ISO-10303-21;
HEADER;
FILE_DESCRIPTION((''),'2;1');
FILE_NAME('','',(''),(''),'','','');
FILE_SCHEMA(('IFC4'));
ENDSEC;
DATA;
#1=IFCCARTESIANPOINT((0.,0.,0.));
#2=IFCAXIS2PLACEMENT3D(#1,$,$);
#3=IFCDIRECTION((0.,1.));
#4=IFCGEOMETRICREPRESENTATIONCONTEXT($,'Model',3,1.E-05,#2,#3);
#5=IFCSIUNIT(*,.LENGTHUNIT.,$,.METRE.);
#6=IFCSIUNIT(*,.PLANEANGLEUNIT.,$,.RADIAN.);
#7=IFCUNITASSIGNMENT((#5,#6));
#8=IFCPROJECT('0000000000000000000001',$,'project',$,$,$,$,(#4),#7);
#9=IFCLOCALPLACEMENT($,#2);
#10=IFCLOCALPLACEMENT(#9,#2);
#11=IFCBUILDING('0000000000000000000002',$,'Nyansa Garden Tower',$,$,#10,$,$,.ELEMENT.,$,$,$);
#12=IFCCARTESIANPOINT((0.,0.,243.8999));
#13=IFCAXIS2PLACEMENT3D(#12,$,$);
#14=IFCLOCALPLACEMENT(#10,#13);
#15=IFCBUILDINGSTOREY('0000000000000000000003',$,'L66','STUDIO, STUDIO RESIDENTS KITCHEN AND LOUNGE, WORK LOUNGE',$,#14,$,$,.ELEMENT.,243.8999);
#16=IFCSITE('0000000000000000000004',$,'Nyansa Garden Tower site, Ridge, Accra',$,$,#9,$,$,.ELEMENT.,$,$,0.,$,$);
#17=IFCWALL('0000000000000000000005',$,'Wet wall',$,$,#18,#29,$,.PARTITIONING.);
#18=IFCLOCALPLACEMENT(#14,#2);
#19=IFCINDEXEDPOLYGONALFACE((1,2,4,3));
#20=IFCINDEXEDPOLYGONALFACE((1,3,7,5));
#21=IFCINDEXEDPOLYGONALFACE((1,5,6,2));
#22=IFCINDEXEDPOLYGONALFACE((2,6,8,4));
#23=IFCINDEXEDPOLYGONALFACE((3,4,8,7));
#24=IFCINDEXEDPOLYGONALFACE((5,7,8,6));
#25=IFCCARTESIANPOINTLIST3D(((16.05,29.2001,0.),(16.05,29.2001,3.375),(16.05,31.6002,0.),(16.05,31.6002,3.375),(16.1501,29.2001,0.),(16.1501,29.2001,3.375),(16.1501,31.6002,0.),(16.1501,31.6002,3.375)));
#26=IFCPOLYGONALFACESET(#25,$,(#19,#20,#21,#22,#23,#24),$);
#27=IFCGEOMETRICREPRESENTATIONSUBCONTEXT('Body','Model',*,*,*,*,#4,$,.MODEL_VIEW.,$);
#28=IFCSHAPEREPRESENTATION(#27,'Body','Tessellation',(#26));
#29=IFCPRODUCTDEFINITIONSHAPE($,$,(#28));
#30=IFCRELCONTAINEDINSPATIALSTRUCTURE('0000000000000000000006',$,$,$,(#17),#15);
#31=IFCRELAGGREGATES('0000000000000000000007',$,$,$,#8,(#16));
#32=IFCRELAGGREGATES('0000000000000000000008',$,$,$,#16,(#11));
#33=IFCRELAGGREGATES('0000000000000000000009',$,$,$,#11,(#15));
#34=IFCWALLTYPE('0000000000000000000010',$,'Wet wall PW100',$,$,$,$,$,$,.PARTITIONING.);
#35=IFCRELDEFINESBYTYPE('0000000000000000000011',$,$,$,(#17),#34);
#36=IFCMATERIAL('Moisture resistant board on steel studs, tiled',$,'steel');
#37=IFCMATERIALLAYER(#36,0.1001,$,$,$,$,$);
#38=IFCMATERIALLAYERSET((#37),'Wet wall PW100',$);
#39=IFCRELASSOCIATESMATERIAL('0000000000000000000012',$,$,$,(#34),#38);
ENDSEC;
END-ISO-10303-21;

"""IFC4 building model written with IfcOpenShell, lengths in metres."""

from ifc_helpers import new_model, si_unit, direction, frame, frame_2d, origin, place, context, subcontext, project, spatial, rectangle, extrude, material, layer, layer_set, type_object, element, save


model = new_model("IFC4")

# Units and contexts
model_context = context("Model", 3, precision=1e-05, world=origin(), true_north=direction((0.0, 1.0)))
body_context = subcontext(model_context, "Body", "Model", "MODEL_VIEW")
ifc_project = project(units=[si_unit("LENGTHUNIT", "METRE"), si_unit("PLANEANGLEUNIT", "RADIAN")], contexts=[model_context])

# Site, building, storey
site_placement = place(None, origin())
site = spatial("IfcSite", under=ifc_project, at=site_placement, Name="Nyansa Garden Tower site, Ridge, Accra", CompositionType="ELEMENT", RefElevation=0.0)
building_placement = place(site_placement, origin())
building = spatial("IfcBuilding", under=site, at=building_placement, Name="Nyansa Garden Tower", CompositionType="ELEMENT")
storey_placement = place(building_placement, frame((0.0, 0.0, 243.8999)))
storey = spatial("IfcBuildingStorey", under=building, at=storey_placement, Name="L66", Description="STUDIO, STUDIO RESIDENTS KITCHEN AND LOUNGE, WORK LOUNGE", CompositionType="ELEMENT", Elevation=243.8999)

# Shared definitions
ifc_material_1 = material(Name="Moisture resistant board on steel studs, tiled", Category="steel")
ifc_layer_1 = layer(ifc_material_1, 0.1001)
ifc_layer_set_1 = layer_set([ifc_layer_1], Name="Wet wall PW100")
wall_type_1 = type_object("IfcWallType", Name="Wet wall PW100", PredefinedType="PARTITIONING", material=ifc_layer_set_1)

# Wall
wall_1_placement = place(storey_placement, frame((16.1001, 29.2, 0.0), z_axis=(0.0, 0.0, 1.0), x_axis=(0.0, 1.0, 0.0)))
element("IfcWall", 1, at=wall_1_placement, inside=storey, type_object=wall_type_1, Name="Wet wall", PredefinedType="PARTITIONING", context=body_context, shape_type="SweptSolid", body=[
    extrude(rectangle(XDim=2.4001, YDim=0.1001, at=frame_2d((1.2002, 0.0))), origin(), (0.0, 0.0, 1.0), 3.375),
])

save(model, "model.ifc")
